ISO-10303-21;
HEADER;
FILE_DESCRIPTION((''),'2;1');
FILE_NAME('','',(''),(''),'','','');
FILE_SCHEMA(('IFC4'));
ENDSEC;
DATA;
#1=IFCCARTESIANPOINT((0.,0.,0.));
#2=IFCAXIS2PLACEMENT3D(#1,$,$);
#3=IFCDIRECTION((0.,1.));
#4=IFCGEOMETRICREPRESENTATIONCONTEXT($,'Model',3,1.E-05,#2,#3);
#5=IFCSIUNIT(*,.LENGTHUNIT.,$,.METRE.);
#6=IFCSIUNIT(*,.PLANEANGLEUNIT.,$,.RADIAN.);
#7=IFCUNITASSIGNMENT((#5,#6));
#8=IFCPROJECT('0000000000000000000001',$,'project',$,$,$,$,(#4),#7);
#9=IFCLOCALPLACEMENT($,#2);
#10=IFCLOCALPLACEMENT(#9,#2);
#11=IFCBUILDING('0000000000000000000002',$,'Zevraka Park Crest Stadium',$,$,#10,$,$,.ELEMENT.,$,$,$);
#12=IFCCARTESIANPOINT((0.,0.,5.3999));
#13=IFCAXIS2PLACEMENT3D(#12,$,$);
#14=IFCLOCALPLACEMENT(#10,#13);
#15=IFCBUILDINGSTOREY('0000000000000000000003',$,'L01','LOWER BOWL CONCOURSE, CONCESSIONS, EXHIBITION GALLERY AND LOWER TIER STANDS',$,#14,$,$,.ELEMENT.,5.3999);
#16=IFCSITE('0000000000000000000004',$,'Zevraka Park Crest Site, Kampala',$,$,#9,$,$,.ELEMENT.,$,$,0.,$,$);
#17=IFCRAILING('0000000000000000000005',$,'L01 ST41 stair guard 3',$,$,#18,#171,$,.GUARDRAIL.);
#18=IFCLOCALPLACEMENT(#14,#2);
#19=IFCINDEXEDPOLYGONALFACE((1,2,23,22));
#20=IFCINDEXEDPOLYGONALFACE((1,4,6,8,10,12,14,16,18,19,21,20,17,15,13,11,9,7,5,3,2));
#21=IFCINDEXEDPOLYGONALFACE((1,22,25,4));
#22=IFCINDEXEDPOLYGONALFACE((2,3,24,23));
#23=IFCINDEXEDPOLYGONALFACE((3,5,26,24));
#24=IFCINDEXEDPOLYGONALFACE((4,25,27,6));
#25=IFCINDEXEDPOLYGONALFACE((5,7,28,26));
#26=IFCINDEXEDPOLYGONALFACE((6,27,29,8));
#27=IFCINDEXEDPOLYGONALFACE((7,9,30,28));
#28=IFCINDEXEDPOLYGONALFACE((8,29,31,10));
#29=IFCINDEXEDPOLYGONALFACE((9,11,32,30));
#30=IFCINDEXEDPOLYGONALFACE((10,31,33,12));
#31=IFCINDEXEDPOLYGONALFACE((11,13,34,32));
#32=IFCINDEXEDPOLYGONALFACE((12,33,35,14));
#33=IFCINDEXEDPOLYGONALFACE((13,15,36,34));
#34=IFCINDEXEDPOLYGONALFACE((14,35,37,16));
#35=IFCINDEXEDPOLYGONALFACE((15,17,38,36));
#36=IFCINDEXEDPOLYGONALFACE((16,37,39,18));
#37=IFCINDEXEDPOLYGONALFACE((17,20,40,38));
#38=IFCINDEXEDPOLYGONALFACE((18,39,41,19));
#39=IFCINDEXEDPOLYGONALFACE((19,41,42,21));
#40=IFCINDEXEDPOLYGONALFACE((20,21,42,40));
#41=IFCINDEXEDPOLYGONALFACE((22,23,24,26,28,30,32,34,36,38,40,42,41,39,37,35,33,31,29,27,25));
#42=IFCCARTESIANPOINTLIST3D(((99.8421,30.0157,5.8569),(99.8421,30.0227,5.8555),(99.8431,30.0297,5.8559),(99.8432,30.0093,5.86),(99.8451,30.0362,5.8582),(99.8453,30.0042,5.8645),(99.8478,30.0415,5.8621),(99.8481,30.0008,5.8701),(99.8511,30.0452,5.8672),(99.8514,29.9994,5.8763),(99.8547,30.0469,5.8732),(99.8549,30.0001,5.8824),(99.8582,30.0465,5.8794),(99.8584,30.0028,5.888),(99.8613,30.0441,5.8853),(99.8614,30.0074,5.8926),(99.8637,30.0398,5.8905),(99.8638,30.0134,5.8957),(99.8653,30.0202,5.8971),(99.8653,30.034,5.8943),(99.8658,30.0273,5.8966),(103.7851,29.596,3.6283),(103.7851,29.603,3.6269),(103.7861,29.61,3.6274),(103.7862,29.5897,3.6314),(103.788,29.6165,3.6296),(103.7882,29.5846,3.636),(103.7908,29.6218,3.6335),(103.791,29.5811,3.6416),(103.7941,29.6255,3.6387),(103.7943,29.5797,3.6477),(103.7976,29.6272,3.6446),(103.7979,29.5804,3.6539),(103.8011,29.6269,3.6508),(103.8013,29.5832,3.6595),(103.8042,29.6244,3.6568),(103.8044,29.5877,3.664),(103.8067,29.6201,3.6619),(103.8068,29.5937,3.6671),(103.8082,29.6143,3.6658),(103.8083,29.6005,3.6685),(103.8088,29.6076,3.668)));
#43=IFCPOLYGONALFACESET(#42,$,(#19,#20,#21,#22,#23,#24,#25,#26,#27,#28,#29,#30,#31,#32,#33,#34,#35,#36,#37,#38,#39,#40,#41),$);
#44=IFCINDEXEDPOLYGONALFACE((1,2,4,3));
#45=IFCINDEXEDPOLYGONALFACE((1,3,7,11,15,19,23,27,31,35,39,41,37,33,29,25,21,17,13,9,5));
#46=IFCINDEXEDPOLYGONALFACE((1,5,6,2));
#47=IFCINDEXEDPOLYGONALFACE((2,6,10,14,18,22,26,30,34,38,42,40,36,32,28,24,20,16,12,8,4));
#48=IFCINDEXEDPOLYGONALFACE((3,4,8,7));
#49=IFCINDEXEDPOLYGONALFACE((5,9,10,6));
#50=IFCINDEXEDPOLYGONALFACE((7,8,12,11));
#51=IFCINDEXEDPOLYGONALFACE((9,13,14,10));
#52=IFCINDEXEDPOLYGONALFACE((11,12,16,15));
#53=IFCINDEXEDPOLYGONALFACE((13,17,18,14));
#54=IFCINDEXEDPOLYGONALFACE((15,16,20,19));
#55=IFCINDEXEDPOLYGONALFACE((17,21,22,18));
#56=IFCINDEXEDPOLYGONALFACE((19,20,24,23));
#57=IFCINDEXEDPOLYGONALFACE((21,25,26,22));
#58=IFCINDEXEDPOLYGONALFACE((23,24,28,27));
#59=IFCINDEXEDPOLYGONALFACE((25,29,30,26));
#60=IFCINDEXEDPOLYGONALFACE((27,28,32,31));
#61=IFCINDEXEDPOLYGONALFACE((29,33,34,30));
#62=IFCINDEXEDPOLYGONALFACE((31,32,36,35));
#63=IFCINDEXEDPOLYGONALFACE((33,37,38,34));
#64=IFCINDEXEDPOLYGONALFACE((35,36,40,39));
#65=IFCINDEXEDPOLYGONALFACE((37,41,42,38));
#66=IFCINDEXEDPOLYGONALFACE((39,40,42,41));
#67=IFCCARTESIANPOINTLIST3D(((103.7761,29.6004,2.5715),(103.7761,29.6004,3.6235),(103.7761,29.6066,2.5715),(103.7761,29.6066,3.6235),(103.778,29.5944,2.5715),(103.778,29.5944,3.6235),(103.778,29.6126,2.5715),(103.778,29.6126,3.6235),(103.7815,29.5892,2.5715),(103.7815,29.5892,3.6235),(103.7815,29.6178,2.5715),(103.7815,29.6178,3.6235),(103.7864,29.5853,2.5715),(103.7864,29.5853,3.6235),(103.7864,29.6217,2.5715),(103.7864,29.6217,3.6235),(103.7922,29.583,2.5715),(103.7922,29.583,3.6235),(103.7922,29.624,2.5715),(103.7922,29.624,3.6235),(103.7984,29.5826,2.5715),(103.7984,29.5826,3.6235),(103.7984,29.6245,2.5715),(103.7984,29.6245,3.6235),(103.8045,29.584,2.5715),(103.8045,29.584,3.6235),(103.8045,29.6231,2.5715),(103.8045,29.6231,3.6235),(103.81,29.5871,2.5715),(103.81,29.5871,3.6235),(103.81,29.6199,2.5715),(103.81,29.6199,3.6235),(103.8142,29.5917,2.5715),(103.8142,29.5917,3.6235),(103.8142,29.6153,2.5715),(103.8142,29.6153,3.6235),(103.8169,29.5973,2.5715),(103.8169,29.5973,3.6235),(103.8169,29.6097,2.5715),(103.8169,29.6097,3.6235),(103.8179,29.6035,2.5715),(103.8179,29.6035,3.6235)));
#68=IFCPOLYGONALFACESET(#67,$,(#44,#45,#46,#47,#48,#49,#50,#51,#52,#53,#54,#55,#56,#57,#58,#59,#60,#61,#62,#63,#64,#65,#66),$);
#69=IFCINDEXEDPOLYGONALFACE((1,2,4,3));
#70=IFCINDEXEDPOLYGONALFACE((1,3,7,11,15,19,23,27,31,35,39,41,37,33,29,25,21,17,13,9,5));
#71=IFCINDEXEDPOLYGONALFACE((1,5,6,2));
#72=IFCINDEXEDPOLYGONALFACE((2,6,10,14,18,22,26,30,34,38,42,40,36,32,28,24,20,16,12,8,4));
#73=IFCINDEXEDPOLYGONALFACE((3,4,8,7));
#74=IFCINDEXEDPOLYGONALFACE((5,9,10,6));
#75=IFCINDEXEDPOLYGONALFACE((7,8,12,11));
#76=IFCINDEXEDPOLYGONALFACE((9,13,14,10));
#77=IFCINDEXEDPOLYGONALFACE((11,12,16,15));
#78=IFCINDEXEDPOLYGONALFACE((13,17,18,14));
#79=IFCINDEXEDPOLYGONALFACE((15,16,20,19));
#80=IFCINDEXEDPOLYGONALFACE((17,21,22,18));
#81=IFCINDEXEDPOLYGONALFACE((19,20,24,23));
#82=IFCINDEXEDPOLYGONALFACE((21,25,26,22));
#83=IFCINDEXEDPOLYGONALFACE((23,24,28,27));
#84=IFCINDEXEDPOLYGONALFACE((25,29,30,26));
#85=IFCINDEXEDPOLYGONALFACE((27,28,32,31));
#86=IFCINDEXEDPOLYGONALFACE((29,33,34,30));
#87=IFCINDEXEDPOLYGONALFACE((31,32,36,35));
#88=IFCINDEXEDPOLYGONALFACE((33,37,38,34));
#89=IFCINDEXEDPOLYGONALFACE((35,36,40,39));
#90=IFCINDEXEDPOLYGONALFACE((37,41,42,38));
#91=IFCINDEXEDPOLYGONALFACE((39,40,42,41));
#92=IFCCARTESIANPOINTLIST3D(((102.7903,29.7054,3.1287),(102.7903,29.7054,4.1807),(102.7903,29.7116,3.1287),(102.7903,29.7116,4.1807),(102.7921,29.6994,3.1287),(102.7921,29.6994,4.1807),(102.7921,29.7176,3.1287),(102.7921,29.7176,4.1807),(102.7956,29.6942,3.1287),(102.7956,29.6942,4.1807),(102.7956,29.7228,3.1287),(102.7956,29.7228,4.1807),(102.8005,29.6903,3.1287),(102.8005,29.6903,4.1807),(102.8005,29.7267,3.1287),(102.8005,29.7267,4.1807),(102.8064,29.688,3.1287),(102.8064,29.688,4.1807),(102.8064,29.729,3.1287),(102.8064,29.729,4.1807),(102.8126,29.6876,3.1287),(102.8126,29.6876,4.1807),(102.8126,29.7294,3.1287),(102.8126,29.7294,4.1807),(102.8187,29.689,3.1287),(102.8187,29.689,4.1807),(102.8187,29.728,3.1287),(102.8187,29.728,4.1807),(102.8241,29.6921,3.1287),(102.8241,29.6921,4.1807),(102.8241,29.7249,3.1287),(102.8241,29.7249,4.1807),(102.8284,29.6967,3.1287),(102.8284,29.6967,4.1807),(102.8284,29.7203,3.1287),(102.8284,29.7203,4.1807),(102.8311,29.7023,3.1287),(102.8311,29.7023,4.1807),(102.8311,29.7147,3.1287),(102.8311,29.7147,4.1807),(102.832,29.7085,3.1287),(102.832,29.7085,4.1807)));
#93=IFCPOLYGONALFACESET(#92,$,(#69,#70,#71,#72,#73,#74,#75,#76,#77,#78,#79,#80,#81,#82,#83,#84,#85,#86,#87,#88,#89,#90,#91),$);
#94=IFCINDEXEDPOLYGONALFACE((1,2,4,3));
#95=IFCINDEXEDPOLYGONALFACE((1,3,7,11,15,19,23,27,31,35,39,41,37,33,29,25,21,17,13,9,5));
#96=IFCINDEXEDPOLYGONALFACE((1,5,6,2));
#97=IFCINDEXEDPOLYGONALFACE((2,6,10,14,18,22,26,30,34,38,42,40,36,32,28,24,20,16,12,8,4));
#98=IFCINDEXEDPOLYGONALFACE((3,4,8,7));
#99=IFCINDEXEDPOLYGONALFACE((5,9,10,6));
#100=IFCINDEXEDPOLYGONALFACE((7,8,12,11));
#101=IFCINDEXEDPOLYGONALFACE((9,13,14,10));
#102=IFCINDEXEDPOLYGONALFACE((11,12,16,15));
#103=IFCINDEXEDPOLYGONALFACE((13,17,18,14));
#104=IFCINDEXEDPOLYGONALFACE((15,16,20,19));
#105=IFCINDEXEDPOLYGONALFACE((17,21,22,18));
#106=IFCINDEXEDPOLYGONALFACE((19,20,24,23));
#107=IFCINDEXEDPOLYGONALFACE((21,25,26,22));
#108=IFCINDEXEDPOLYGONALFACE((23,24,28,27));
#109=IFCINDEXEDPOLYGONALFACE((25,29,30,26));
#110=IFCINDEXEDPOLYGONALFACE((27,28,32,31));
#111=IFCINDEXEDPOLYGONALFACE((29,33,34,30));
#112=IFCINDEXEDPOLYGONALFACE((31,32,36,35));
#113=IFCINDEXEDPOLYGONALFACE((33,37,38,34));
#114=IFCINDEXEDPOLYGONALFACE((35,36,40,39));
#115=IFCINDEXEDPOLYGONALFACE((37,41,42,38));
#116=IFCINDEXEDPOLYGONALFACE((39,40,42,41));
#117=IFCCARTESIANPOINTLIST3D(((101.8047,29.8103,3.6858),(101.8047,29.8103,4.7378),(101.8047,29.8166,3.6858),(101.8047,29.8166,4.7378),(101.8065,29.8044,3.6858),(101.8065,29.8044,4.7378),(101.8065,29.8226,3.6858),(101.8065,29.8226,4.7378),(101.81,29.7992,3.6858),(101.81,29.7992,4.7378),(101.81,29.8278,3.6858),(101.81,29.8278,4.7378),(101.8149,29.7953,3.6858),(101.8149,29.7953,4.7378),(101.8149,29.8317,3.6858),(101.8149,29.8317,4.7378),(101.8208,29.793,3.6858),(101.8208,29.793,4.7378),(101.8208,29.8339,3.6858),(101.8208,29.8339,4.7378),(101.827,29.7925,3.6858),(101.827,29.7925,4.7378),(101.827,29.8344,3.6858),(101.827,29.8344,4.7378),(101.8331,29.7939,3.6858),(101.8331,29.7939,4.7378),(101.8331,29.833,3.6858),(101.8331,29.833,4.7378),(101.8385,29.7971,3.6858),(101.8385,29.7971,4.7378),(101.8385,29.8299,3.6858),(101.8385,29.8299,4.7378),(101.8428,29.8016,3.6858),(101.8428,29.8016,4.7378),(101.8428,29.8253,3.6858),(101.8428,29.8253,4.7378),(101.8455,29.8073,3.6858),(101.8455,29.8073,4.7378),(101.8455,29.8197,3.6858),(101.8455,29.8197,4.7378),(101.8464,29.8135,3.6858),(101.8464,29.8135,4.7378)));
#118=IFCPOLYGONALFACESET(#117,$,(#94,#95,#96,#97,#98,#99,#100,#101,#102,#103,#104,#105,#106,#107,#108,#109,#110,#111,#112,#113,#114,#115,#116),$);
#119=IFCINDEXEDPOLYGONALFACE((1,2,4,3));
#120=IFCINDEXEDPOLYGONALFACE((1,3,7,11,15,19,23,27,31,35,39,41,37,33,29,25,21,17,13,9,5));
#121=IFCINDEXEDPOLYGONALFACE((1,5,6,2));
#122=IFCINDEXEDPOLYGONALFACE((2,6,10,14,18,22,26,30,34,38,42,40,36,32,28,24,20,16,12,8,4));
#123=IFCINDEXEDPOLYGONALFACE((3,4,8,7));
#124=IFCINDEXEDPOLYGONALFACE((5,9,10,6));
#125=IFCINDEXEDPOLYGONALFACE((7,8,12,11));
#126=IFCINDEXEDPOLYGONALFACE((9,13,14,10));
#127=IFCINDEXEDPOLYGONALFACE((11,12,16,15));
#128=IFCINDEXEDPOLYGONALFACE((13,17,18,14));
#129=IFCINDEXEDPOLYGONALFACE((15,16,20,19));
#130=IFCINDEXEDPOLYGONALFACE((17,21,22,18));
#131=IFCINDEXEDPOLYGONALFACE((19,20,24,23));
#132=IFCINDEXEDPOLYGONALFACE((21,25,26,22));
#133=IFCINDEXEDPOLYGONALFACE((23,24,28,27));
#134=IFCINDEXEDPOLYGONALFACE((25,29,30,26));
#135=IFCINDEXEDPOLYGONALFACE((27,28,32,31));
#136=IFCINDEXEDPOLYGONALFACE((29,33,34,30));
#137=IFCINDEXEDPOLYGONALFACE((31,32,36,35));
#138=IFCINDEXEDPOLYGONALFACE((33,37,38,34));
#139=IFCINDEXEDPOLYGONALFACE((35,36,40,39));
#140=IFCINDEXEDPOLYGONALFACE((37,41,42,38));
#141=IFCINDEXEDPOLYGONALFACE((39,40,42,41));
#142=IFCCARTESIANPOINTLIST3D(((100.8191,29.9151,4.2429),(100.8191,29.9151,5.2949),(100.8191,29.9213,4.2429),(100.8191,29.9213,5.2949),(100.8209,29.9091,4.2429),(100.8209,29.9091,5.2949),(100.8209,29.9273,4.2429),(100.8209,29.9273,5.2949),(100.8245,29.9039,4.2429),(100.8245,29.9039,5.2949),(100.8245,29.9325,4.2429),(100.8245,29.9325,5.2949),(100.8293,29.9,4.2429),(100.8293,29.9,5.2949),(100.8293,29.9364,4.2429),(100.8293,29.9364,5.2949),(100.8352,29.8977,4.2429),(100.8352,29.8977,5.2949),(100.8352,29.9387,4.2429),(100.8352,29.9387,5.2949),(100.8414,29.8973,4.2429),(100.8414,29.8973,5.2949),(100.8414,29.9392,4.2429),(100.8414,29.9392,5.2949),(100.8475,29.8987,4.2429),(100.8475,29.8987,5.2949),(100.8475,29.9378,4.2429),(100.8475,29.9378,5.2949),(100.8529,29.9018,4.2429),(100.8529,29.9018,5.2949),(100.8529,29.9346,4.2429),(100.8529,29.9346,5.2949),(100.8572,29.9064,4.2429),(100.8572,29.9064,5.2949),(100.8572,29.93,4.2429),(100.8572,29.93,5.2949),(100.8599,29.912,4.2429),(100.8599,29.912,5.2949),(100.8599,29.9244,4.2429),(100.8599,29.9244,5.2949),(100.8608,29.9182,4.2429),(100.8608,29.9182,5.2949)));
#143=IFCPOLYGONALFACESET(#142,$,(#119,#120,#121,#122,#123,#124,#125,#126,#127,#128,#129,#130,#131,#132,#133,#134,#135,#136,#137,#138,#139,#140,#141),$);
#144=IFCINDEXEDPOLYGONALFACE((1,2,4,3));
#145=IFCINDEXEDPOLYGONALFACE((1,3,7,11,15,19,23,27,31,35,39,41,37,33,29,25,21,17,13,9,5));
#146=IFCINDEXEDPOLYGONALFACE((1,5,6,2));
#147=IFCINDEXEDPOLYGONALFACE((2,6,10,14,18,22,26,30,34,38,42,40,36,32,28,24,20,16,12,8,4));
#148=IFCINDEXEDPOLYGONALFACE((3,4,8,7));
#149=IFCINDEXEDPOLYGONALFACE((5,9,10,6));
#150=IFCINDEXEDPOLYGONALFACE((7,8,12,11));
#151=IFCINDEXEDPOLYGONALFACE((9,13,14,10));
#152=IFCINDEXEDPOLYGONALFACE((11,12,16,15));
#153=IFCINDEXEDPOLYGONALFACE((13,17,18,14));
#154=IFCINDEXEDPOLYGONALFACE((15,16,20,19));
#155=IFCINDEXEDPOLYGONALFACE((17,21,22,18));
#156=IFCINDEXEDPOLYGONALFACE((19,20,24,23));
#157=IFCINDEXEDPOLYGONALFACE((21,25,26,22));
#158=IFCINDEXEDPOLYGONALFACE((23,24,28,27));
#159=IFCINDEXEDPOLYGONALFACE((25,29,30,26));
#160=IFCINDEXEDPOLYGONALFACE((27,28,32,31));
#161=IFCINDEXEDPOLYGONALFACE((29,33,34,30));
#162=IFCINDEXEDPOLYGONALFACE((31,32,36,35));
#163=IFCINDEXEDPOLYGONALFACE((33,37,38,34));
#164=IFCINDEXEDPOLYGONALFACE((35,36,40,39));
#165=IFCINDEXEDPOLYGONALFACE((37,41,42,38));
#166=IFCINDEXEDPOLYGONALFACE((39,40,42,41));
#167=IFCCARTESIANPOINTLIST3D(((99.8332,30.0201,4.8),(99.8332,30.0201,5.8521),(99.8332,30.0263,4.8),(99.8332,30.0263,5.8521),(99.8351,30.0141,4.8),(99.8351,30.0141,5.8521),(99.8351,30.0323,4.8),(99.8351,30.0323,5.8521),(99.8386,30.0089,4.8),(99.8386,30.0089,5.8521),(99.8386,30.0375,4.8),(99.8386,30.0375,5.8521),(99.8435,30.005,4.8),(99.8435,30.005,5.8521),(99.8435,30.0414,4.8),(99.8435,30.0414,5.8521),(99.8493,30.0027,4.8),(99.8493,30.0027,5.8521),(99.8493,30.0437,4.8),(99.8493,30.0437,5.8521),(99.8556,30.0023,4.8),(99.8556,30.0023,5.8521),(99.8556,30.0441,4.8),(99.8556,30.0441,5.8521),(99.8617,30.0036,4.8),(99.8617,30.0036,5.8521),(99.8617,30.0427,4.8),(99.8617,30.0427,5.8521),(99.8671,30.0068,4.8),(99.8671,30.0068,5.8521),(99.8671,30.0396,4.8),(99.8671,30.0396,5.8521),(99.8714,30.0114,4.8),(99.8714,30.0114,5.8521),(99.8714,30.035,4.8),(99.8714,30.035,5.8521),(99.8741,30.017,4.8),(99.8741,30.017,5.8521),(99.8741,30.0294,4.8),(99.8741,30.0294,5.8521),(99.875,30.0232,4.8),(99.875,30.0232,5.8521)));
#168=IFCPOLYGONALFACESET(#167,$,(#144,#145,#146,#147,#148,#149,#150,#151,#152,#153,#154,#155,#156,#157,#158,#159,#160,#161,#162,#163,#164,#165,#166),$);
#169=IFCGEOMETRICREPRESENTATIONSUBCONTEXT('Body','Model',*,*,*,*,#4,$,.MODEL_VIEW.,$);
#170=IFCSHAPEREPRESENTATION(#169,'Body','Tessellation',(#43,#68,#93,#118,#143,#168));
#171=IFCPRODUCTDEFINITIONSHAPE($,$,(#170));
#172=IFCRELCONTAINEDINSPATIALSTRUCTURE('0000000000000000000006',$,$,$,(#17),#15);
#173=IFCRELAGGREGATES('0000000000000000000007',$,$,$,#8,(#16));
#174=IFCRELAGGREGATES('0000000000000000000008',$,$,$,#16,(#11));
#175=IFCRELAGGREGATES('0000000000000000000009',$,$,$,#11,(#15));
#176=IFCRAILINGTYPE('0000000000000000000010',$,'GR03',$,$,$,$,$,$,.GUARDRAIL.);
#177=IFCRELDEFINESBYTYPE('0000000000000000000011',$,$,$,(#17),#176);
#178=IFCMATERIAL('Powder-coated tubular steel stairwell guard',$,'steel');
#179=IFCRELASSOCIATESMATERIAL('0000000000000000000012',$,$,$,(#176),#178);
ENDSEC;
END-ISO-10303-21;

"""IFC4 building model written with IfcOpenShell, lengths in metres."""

from ifc_helpers import new_model, si_unit, direction, frame, origin, origin_2d, place, context, subcontext, project, spatial, circle, extrude, material, type_object, element, save


model = new_model("IFC4")

# Units and contexts
model_context = context("Model", 3, precision=1e-05, world=origin(), true_north=direction((0.0, 1.0)))
body_context = subcontext(model_context, "Body", "Model", "MODEL_VIEW")
ifc_project = project(units=[si_unit("LENGTHUNIT", "METRE"), si_unit("PLANEANGLEUNIT", "RADIAN")], contexts=[model_context])

# Site, building, storey
site_placement = place(None, origin())
site = spatial("IfcSite", under=ifc_project, at=site_placement, Name="Zevraka Park Crest Site, Kampala", CompositionType="ELEMENT", RefElevation=0.0)
building_placement = place(site_placement, origin())
building = spatial("IfcBuilding", under=site, at=building_placement, Name="Zevraka Park Crest Stadium", CompositionType="ELEMENT")
storey_placement = place(building_placement, frame((0.0, 0.0, 5.3999)))
storey = spatial("IfcBuildingStorey", under=building, at=storey_placement, Name="L01", Description="LOWER BOWL CONCOURSE, CONCESSIONS, EXHIBITION GALLERY AND LOWER TIER STANDS", CompositionType="ELEMENT", Elevation=5.3999)

# Railing
ifc_material_1 = material(Name="Powder-coated tubular steel stairwell guard", Category="steel")
railing_type_1 = type_object("IfcRailingType", Name="GR03", PredefinedType="GUARDRAIL", material=ifc_material_1)
railing_1_placement = place(storey_placement, frame((103.7969, 29.6035, 2.5715)))
element("IfcRailing", 1, at=railing_1_placement, inside=storey, type_object=railing_type_1, Name="L01 ST41 stair guard 3", PredefinedType="GUARDRAIL", context=body_context, shape_type="SweptSolid", body=[
    extrude(circle(Radius=0.0239, at=origin_2d()), frame((0.0, 0.0, 1.0762), z_axis=(-0.866855, 0.092268, 0.489948), x_axis=(-0.105842, -0.994383, 0.0)), (0.0, 0.0, 1.0), 4.5486),
    extrude(circle(Radius=0.021, at=origin_2d()), origin(), (0.0, 0.0, 1.0), 1.052),
    extrude(circle(Radius=0.021, at=origin_2d()), frame((-0.9858, 0.105, 0.5571)), (0.0, 0.0, 1.0), 1.052),
    extrude(circle(Radius=0.021, at=origin_2d()), frame((-1.9714, 0.21, 1.1143)), (0.0, 0.0, 1.0), 1.052),
    extrude(circle(Radius=0.021, at=origin_2d()), frame((-2.957, 0.3147, 1.6714)), (0.0, 0.0, 1.0), 1.052),
    extrude(circle(Radius=0.021, at=origin_2d()), frame((-3.9429, 0.4197, 2.2285)), (0.0, 0.0, 1.0), 1.052),
])

save(model, "model.ifc")
